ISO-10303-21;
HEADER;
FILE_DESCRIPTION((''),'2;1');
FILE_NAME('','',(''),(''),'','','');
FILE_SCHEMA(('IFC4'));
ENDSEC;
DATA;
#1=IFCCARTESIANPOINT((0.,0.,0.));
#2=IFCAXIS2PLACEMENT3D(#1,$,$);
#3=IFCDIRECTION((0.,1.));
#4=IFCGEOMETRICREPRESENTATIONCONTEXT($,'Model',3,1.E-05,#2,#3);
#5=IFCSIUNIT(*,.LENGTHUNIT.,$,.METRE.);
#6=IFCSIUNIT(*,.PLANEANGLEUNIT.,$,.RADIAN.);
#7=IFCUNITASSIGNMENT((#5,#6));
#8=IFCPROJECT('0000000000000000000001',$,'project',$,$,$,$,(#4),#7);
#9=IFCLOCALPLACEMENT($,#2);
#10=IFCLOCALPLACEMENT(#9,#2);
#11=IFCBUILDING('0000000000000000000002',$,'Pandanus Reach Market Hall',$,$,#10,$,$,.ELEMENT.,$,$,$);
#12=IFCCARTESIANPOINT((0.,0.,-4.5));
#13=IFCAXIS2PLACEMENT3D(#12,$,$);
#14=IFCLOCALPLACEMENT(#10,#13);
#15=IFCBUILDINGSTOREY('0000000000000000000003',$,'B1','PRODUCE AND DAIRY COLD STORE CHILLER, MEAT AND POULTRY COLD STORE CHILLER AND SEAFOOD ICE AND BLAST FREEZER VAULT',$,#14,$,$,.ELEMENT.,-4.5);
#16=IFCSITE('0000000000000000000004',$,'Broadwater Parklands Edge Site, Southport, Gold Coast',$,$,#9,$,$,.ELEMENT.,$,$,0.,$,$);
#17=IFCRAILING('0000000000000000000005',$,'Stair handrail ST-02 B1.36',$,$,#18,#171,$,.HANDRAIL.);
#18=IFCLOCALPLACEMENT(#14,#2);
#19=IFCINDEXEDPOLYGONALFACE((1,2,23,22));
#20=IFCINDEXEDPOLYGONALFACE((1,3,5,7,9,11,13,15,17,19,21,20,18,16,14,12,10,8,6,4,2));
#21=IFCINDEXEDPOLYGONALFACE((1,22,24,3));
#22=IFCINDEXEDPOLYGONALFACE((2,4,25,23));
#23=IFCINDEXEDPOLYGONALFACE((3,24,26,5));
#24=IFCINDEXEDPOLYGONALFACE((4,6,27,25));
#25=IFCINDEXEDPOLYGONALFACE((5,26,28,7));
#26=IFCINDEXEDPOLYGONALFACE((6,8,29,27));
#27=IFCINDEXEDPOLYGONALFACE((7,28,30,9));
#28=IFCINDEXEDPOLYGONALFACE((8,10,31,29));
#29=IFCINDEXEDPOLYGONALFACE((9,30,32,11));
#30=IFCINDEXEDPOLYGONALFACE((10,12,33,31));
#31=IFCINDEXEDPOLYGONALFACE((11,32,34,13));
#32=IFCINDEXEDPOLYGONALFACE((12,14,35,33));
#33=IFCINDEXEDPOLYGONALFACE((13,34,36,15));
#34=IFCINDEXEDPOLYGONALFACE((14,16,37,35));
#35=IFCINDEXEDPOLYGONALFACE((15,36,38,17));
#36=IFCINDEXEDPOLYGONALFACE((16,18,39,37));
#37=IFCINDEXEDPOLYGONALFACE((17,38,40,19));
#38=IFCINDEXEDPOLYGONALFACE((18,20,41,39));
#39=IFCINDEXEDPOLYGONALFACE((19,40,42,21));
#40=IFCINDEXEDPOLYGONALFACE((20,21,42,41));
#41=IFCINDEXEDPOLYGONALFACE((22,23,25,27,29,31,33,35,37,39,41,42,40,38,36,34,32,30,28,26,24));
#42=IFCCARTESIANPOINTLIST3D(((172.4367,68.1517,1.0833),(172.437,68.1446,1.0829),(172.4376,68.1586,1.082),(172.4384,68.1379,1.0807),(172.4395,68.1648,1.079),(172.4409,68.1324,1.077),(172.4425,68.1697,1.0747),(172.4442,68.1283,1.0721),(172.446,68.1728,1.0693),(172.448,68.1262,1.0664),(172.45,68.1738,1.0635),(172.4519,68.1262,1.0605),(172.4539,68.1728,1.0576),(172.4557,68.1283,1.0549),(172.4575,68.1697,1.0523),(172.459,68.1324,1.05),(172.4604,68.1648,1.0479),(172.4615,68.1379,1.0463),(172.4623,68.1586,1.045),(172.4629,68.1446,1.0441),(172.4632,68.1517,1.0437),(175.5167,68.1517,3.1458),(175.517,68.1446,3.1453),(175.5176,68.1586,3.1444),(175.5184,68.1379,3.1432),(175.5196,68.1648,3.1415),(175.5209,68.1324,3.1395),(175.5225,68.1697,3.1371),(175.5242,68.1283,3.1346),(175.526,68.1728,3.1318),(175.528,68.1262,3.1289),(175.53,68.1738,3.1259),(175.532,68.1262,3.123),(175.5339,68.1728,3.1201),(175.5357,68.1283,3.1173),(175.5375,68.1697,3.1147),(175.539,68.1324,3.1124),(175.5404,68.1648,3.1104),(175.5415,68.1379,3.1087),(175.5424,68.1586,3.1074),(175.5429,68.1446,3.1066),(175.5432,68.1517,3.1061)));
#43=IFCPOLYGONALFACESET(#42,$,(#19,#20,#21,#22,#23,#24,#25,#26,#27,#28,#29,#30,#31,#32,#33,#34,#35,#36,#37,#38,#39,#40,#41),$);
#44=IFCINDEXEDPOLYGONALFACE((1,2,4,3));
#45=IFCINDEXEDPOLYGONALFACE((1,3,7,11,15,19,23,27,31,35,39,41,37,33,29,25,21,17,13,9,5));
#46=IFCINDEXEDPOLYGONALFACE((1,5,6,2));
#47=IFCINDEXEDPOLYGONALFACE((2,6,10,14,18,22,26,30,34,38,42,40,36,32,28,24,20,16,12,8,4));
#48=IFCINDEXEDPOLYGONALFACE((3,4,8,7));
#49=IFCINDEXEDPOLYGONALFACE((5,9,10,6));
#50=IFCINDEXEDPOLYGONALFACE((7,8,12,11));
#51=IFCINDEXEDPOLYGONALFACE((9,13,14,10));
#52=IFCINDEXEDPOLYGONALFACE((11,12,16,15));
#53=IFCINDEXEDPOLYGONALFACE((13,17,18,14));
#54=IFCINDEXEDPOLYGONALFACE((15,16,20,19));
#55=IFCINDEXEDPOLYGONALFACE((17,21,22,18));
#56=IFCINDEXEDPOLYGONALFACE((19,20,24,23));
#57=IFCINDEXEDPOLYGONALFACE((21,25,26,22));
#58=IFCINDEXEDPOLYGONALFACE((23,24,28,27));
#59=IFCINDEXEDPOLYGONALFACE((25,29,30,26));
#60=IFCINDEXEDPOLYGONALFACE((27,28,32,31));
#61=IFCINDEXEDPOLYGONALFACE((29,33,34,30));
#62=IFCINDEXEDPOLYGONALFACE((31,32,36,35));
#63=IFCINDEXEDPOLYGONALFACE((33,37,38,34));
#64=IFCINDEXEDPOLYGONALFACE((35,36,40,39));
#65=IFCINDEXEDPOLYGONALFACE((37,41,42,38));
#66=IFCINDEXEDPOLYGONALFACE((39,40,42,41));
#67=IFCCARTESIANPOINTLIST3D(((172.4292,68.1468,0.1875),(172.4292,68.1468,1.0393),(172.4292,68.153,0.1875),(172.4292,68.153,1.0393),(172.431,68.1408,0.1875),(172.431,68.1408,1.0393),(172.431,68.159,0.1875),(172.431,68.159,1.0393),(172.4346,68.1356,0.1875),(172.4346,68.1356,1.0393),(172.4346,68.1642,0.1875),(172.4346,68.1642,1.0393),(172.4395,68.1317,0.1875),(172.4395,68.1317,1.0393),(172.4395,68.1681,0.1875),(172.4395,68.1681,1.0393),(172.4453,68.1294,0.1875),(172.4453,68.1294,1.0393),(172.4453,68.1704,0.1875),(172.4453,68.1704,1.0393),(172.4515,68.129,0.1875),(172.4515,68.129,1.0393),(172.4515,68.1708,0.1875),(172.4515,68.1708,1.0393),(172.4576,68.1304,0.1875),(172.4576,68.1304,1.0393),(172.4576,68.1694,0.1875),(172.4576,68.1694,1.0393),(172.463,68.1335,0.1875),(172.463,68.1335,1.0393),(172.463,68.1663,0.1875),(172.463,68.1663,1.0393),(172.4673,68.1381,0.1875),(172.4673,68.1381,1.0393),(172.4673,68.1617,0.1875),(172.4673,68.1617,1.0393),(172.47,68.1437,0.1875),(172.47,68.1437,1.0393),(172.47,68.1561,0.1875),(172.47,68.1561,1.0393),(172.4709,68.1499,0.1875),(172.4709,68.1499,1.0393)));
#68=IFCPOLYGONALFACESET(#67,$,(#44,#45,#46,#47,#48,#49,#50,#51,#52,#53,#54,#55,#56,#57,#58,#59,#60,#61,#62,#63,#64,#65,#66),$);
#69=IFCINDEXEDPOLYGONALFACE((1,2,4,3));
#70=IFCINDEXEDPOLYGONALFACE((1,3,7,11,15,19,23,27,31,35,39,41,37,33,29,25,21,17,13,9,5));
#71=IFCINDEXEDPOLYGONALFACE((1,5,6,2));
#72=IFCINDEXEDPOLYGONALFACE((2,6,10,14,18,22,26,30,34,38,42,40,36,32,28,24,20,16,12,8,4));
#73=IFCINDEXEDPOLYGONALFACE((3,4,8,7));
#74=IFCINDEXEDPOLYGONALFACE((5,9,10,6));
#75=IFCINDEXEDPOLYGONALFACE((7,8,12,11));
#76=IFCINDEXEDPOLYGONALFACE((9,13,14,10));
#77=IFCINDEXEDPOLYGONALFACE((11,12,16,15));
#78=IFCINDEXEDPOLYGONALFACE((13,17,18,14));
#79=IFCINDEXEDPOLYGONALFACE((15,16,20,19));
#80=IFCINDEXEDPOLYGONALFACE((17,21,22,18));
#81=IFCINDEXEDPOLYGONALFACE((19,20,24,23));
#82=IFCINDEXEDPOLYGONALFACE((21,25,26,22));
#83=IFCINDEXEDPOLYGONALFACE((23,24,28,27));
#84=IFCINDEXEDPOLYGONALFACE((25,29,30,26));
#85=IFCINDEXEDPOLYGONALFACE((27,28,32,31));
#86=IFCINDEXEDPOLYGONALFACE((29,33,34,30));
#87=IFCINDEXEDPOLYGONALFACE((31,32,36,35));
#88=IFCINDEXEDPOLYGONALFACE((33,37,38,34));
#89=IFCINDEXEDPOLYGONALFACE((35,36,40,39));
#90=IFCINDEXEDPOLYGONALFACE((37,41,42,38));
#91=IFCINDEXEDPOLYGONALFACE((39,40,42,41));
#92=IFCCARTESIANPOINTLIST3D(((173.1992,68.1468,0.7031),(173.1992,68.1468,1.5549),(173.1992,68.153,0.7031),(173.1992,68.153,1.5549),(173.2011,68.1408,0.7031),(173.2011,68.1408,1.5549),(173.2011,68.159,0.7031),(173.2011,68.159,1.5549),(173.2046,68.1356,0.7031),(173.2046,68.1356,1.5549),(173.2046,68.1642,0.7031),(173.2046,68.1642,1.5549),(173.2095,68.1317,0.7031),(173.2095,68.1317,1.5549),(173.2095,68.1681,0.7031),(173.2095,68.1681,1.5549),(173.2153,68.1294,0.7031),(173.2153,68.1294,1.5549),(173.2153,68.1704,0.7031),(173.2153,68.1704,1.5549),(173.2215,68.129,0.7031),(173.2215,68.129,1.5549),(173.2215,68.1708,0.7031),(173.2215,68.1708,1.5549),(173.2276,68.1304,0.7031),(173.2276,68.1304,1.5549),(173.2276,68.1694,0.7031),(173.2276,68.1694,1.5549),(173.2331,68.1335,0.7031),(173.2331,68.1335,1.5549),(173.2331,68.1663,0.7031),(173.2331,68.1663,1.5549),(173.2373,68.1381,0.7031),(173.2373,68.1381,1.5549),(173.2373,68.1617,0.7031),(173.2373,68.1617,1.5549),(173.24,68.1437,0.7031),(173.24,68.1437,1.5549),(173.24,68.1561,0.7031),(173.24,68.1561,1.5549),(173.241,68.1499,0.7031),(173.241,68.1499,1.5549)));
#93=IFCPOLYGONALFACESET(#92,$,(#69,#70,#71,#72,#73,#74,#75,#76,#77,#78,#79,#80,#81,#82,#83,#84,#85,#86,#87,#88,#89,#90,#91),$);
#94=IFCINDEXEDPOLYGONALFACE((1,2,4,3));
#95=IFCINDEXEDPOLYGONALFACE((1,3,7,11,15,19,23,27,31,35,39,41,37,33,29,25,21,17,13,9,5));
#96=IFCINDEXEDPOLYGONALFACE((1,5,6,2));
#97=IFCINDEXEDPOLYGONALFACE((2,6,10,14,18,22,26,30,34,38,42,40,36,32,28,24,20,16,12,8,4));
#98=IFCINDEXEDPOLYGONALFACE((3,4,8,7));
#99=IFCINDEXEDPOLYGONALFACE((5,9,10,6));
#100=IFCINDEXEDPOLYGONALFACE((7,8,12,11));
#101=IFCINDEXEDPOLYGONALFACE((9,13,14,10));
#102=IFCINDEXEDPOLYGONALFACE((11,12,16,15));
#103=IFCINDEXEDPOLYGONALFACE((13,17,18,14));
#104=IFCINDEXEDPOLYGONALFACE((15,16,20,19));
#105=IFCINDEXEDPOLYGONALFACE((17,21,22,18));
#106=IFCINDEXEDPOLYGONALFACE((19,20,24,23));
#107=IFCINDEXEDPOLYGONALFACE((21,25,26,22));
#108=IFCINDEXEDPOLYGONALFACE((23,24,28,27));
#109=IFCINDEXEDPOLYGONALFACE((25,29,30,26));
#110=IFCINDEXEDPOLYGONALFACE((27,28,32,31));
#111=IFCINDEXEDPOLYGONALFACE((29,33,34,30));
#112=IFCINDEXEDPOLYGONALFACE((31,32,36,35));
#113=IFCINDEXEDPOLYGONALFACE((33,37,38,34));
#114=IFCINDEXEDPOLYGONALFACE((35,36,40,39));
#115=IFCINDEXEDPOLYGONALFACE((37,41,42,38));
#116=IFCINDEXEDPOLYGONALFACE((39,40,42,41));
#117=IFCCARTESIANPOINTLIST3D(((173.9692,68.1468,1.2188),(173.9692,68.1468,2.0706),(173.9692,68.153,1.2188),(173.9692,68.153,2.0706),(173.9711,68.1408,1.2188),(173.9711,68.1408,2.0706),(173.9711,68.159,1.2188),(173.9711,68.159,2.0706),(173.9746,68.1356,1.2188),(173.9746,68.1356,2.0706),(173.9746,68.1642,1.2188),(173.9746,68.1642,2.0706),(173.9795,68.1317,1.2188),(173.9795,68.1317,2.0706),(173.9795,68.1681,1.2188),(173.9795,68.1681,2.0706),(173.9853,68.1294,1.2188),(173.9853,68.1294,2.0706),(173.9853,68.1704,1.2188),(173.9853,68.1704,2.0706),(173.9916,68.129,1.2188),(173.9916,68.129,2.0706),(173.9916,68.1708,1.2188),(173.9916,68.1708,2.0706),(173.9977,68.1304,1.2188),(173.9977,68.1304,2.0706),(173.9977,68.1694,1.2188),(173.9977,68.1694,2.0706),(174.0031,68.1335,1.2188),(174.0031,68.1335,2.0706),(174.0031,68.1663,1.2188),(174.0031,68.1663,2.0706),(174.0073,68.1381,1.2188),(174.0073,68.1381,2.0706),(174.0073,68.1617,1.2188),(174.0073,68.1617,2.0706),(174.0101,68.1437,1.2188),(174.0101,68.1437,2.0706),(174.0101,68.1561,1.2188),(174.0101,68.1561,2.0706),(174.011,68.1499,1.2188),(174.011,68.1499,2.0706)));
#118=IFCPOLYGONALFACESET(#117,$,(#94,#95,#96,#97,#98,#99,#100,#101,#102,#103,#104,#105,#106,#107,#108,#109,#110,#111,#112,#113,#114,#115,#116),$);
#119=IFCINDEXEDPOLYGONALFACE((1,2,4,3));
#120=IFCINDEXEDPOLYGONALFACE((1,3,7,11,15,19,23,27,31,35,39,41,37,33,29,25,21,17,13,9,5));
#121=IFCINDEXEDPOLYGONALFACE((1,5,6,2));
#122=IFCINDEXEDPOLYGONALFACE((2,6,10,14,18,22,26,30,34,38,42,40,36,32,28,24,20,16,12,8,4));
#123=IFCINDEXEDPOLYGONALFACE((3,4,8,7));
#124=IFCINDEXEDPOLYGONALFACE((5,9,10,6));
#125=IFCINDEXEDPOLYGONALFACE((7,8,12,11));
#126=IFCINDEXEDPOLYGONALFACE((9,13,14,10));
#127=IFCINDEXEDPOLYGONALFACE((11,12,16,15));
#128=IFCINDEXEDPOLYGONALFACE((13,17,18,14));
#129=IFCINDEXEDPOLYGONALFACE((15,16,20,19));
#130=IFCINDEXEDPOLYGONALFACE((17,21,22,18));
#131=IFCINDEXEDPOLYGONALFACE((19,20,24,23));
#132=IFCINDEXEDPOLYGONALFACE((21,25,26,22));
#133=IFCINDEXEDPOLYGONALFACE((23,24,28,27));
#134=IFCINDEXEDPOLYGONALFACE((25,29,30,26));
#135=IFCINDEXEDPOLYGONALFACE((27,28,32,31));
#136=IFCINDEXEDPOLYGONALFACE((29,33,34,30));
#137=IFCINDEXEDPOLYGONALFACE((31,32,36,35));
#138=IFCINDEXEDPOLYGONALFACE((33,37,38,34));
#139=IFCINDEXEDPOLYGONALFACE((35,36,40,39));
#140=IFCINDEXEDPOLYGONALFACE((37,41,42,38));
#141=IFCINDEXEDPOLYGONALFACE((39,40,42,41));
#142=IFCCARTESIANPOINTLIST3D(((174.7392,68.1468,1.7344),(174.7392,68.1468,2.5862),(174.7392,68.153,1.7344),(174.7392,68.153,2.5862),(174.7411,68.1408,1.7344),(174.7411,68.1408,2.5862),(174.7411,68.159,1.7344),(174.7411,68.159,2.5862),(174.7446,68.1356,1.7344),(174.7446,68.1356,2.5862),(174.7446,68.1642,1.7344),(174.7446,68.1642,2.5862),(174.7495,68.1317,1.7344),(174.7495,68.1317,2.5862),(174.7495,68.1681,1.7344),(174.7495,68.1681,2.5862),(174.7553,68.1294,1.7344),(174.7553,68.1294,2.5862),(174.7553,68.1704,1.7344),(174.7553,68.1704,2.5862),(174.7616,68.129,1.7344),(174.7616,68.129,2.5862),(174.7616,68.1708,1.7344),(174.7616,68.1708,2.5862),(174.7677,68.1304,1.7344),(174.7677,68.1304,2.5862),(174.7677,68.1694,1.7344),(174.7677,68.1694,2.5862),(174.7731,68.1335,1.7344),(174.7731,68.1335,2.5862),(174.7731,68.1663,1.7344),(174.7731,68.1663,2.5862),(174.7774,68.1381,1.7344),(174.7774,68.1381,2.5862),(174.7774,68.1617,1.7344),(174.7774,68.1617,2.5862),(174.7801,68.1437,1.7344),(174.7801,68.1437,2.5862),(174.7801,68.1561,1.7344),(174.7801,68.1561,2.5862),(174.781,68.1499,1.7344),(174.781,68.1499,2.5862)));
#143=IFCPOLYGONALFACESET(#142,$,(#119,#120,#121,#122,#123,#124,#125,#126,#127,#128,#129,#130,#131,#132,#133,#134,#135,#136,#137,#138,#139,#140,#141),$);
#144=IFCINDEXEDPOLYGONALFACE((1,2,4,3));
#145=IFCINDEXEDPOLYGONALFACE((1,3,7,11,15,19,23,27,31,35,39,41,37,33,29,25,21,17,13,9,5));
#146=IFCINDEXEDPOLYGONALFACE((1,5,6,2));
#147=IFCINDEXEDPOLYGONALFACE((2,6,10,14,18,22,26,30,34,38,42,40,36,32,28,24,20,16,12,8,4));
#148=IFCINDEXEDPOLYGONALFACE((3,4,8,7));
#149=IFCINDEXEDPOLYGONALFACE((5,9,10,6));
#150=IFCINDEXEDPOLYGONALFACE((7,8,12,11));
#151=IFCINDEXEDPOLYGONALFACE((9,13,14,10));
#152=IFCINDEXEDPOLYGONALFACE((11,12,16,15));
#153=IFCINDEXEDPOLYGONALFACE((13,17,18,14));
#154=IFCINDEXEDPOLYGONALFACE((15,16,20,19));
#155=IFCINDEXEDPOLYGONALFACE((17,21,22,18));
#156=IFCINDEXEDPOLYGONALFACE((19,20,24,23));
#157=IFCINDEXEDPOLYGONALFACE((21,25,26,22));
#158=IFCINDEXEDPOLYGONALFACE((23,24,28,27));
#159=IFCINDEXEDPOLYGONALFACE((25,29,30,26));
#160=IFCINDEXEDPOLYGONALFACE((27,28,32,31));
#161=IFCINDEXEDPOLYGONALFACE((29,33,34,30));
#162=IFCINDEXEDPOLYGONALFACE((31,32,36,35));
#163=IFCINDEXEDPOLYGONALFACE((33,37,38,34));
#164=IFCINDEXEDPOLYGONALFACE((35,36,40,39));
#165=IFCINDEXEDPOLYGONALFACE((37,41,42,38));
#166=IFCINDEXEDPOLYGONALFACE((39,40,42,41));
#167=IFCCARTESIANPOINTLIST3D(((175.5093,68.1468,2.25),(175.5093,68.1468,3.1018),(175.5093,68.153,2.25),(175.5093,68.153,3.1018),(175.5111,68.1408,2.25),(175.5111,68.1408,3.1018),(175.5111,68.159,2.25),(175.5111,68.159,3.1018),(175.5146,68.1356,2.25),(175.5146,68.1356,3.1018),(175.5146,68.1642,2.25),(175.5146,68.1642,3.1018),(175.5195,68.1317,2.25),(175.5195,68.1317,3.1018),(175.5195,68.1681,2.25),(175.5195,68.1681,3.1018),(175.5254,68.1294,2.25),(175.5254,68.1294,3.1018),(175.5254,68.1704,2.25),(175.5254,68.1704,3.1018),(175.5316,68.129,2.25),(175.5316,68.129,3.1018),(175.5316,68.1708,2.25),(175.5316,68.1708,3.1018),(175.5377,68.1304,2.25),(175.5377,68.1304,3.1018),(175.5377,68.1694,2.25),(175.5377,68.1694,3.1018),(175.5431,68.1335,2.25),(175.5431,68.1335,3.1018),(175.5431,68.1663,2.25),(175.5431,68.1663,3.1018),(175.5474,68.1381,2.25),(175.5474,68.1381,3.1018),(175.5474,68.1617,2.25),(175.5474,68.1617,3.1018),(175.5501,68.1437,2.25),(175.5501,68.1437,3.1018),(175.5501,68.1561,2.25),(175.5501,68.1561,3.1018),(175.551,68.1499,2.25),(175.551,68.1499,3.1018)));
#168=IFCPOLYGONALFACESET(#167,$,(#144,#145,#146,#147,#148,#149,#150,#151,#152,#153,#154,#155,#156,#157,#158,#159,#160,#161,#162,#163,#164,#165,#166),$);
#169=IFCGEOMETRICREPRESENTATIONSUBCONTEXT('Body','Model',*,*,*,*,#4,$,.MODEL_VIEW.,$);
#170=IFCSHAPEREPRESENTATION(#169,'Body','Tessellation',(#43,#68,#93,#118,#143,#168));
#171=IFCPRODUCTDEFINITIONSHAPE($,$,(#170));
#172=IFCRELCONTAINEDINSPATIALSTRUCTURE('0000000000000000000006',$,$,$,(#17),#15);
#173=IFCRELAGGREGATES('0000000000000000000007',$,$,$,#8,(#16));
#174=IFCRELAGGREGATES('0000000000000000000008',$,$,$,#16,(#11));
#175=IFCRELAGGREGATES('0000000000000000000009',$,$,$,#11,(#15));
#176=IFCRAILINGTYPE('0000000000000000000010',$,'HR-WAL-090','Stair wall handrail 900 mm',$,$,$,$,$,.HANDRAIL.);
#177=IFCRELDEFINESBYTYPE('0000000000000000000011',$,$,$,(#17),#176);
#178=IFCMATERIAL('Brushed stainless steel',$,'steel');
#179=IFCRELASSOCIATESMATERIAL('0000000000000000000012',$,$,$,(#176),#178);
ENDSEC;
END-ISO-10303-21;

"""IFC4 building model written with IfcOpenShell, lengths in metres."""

from ifc_helpers import new_model, si_unit, direction, frame, origin, origin_2d, place, context, subcontext, project, spatial, circle, extrude, material, type_object, element, save


model = new_model("IFC4")

# Units and contexts
model_context = context("Model", 3, precision=1e-05, world=origin(), true_north=direction((0.0, 1.0)))
body_context = subcontext(model_context, "Body", "Model", "MODEL_VIEW")
ifc_project = project(units=[si_unit("LENGTHUNIT", "METRE"), si_unit("PLANEANGLEUNIT", "RADIAN")], contexts=[model_context])

# Site, building, storey
site_placement = place(None, origin())
site = spatial("IfcSite", under=ifc_project, at=site_placement, Name="Broadwater Parklands Edge Site, Southport, Gold Coast", CompositionType="ELEMENT", RefElevation=0.0)
building_placement = place(site_placement, origin())
building = spatial("IfcBuilding", under=site, at=building_placement, Name="Pandanus Reach Market Hall", CompositionType="ELEMENT")
storey_placement = place(building_placement, frame((0.0, 0.0, -4.5)))
storey = spatial("IfcBuildingStorey", under=building, at=storey_placement, Name="B1", Description="PRODUCE AND DAIRY COLD STORE CHILLER, MEAT AND POULTRY COLD STORE CHILLER AND SEAFOOD ICE AND BLAST FREEZER VAULT", CompositionType="ELEMENT", Elevation=-4.5)

# Railing
ifc_material_1 = material(Name="Brushed stainless steel", Category="steel")
railing_type_1 = type_object("IfcRailingType", Name="HR-WAL-090", Description="Stair wall handrail 900 mm", PredefinedType="HANDRAIL", material=ifc_material_1)
railing_1_placement = place(storey_placement, frame((172.45, 68.1499, 0.1875)))
element("IfcRailing", 1, at=railing_1_placement, inside=storey, type_object=railing_type_1, Name="Stair handrail ST-02 B1.36", PredefinedType="HANDRAIL", context=body_context, shape_type="SweptSolid", body=[
    extrude(circle(Radius=0.0239, at=origin_2d()), frame((0.0, 0.0, 0.876), z_axis=(0.830914, 0.0, 0.556401), x_axis=(0.0, 1.0, 0.0)), (0.0, 0.0, 1.0), 3.7068),
    extrude(circle(Radius=0.021, at=origin_2d()), origin(), (0.0, 0.0, 1.0), 0.8518),
    extrude(circle(Radius=0.021, at=origin_2d()), frame((0.77, 0.0, 0.5156)), (0.0, 0.0, 1.0), 0.8518),
    extrude(circle(Radius=0.021, at=origin_2d()), frame((1.54, 0.0, 1.0312)), (0.0, 0.0, 1.0), 0.8518),
    extrude(circle(Radius=0.021, at=origin_2d()), frame((2.3101, 0.0, 1.5469)), (0.0, 0.0, 1.0), 0.8518),
    extrude(circle(Radius=0.021, at=origin_2d()), frame((3.0801, 0.0, 2.0625)), (0.0, 0.0, 1.0), 0.8518),
])

save(model, "model.ifc")
